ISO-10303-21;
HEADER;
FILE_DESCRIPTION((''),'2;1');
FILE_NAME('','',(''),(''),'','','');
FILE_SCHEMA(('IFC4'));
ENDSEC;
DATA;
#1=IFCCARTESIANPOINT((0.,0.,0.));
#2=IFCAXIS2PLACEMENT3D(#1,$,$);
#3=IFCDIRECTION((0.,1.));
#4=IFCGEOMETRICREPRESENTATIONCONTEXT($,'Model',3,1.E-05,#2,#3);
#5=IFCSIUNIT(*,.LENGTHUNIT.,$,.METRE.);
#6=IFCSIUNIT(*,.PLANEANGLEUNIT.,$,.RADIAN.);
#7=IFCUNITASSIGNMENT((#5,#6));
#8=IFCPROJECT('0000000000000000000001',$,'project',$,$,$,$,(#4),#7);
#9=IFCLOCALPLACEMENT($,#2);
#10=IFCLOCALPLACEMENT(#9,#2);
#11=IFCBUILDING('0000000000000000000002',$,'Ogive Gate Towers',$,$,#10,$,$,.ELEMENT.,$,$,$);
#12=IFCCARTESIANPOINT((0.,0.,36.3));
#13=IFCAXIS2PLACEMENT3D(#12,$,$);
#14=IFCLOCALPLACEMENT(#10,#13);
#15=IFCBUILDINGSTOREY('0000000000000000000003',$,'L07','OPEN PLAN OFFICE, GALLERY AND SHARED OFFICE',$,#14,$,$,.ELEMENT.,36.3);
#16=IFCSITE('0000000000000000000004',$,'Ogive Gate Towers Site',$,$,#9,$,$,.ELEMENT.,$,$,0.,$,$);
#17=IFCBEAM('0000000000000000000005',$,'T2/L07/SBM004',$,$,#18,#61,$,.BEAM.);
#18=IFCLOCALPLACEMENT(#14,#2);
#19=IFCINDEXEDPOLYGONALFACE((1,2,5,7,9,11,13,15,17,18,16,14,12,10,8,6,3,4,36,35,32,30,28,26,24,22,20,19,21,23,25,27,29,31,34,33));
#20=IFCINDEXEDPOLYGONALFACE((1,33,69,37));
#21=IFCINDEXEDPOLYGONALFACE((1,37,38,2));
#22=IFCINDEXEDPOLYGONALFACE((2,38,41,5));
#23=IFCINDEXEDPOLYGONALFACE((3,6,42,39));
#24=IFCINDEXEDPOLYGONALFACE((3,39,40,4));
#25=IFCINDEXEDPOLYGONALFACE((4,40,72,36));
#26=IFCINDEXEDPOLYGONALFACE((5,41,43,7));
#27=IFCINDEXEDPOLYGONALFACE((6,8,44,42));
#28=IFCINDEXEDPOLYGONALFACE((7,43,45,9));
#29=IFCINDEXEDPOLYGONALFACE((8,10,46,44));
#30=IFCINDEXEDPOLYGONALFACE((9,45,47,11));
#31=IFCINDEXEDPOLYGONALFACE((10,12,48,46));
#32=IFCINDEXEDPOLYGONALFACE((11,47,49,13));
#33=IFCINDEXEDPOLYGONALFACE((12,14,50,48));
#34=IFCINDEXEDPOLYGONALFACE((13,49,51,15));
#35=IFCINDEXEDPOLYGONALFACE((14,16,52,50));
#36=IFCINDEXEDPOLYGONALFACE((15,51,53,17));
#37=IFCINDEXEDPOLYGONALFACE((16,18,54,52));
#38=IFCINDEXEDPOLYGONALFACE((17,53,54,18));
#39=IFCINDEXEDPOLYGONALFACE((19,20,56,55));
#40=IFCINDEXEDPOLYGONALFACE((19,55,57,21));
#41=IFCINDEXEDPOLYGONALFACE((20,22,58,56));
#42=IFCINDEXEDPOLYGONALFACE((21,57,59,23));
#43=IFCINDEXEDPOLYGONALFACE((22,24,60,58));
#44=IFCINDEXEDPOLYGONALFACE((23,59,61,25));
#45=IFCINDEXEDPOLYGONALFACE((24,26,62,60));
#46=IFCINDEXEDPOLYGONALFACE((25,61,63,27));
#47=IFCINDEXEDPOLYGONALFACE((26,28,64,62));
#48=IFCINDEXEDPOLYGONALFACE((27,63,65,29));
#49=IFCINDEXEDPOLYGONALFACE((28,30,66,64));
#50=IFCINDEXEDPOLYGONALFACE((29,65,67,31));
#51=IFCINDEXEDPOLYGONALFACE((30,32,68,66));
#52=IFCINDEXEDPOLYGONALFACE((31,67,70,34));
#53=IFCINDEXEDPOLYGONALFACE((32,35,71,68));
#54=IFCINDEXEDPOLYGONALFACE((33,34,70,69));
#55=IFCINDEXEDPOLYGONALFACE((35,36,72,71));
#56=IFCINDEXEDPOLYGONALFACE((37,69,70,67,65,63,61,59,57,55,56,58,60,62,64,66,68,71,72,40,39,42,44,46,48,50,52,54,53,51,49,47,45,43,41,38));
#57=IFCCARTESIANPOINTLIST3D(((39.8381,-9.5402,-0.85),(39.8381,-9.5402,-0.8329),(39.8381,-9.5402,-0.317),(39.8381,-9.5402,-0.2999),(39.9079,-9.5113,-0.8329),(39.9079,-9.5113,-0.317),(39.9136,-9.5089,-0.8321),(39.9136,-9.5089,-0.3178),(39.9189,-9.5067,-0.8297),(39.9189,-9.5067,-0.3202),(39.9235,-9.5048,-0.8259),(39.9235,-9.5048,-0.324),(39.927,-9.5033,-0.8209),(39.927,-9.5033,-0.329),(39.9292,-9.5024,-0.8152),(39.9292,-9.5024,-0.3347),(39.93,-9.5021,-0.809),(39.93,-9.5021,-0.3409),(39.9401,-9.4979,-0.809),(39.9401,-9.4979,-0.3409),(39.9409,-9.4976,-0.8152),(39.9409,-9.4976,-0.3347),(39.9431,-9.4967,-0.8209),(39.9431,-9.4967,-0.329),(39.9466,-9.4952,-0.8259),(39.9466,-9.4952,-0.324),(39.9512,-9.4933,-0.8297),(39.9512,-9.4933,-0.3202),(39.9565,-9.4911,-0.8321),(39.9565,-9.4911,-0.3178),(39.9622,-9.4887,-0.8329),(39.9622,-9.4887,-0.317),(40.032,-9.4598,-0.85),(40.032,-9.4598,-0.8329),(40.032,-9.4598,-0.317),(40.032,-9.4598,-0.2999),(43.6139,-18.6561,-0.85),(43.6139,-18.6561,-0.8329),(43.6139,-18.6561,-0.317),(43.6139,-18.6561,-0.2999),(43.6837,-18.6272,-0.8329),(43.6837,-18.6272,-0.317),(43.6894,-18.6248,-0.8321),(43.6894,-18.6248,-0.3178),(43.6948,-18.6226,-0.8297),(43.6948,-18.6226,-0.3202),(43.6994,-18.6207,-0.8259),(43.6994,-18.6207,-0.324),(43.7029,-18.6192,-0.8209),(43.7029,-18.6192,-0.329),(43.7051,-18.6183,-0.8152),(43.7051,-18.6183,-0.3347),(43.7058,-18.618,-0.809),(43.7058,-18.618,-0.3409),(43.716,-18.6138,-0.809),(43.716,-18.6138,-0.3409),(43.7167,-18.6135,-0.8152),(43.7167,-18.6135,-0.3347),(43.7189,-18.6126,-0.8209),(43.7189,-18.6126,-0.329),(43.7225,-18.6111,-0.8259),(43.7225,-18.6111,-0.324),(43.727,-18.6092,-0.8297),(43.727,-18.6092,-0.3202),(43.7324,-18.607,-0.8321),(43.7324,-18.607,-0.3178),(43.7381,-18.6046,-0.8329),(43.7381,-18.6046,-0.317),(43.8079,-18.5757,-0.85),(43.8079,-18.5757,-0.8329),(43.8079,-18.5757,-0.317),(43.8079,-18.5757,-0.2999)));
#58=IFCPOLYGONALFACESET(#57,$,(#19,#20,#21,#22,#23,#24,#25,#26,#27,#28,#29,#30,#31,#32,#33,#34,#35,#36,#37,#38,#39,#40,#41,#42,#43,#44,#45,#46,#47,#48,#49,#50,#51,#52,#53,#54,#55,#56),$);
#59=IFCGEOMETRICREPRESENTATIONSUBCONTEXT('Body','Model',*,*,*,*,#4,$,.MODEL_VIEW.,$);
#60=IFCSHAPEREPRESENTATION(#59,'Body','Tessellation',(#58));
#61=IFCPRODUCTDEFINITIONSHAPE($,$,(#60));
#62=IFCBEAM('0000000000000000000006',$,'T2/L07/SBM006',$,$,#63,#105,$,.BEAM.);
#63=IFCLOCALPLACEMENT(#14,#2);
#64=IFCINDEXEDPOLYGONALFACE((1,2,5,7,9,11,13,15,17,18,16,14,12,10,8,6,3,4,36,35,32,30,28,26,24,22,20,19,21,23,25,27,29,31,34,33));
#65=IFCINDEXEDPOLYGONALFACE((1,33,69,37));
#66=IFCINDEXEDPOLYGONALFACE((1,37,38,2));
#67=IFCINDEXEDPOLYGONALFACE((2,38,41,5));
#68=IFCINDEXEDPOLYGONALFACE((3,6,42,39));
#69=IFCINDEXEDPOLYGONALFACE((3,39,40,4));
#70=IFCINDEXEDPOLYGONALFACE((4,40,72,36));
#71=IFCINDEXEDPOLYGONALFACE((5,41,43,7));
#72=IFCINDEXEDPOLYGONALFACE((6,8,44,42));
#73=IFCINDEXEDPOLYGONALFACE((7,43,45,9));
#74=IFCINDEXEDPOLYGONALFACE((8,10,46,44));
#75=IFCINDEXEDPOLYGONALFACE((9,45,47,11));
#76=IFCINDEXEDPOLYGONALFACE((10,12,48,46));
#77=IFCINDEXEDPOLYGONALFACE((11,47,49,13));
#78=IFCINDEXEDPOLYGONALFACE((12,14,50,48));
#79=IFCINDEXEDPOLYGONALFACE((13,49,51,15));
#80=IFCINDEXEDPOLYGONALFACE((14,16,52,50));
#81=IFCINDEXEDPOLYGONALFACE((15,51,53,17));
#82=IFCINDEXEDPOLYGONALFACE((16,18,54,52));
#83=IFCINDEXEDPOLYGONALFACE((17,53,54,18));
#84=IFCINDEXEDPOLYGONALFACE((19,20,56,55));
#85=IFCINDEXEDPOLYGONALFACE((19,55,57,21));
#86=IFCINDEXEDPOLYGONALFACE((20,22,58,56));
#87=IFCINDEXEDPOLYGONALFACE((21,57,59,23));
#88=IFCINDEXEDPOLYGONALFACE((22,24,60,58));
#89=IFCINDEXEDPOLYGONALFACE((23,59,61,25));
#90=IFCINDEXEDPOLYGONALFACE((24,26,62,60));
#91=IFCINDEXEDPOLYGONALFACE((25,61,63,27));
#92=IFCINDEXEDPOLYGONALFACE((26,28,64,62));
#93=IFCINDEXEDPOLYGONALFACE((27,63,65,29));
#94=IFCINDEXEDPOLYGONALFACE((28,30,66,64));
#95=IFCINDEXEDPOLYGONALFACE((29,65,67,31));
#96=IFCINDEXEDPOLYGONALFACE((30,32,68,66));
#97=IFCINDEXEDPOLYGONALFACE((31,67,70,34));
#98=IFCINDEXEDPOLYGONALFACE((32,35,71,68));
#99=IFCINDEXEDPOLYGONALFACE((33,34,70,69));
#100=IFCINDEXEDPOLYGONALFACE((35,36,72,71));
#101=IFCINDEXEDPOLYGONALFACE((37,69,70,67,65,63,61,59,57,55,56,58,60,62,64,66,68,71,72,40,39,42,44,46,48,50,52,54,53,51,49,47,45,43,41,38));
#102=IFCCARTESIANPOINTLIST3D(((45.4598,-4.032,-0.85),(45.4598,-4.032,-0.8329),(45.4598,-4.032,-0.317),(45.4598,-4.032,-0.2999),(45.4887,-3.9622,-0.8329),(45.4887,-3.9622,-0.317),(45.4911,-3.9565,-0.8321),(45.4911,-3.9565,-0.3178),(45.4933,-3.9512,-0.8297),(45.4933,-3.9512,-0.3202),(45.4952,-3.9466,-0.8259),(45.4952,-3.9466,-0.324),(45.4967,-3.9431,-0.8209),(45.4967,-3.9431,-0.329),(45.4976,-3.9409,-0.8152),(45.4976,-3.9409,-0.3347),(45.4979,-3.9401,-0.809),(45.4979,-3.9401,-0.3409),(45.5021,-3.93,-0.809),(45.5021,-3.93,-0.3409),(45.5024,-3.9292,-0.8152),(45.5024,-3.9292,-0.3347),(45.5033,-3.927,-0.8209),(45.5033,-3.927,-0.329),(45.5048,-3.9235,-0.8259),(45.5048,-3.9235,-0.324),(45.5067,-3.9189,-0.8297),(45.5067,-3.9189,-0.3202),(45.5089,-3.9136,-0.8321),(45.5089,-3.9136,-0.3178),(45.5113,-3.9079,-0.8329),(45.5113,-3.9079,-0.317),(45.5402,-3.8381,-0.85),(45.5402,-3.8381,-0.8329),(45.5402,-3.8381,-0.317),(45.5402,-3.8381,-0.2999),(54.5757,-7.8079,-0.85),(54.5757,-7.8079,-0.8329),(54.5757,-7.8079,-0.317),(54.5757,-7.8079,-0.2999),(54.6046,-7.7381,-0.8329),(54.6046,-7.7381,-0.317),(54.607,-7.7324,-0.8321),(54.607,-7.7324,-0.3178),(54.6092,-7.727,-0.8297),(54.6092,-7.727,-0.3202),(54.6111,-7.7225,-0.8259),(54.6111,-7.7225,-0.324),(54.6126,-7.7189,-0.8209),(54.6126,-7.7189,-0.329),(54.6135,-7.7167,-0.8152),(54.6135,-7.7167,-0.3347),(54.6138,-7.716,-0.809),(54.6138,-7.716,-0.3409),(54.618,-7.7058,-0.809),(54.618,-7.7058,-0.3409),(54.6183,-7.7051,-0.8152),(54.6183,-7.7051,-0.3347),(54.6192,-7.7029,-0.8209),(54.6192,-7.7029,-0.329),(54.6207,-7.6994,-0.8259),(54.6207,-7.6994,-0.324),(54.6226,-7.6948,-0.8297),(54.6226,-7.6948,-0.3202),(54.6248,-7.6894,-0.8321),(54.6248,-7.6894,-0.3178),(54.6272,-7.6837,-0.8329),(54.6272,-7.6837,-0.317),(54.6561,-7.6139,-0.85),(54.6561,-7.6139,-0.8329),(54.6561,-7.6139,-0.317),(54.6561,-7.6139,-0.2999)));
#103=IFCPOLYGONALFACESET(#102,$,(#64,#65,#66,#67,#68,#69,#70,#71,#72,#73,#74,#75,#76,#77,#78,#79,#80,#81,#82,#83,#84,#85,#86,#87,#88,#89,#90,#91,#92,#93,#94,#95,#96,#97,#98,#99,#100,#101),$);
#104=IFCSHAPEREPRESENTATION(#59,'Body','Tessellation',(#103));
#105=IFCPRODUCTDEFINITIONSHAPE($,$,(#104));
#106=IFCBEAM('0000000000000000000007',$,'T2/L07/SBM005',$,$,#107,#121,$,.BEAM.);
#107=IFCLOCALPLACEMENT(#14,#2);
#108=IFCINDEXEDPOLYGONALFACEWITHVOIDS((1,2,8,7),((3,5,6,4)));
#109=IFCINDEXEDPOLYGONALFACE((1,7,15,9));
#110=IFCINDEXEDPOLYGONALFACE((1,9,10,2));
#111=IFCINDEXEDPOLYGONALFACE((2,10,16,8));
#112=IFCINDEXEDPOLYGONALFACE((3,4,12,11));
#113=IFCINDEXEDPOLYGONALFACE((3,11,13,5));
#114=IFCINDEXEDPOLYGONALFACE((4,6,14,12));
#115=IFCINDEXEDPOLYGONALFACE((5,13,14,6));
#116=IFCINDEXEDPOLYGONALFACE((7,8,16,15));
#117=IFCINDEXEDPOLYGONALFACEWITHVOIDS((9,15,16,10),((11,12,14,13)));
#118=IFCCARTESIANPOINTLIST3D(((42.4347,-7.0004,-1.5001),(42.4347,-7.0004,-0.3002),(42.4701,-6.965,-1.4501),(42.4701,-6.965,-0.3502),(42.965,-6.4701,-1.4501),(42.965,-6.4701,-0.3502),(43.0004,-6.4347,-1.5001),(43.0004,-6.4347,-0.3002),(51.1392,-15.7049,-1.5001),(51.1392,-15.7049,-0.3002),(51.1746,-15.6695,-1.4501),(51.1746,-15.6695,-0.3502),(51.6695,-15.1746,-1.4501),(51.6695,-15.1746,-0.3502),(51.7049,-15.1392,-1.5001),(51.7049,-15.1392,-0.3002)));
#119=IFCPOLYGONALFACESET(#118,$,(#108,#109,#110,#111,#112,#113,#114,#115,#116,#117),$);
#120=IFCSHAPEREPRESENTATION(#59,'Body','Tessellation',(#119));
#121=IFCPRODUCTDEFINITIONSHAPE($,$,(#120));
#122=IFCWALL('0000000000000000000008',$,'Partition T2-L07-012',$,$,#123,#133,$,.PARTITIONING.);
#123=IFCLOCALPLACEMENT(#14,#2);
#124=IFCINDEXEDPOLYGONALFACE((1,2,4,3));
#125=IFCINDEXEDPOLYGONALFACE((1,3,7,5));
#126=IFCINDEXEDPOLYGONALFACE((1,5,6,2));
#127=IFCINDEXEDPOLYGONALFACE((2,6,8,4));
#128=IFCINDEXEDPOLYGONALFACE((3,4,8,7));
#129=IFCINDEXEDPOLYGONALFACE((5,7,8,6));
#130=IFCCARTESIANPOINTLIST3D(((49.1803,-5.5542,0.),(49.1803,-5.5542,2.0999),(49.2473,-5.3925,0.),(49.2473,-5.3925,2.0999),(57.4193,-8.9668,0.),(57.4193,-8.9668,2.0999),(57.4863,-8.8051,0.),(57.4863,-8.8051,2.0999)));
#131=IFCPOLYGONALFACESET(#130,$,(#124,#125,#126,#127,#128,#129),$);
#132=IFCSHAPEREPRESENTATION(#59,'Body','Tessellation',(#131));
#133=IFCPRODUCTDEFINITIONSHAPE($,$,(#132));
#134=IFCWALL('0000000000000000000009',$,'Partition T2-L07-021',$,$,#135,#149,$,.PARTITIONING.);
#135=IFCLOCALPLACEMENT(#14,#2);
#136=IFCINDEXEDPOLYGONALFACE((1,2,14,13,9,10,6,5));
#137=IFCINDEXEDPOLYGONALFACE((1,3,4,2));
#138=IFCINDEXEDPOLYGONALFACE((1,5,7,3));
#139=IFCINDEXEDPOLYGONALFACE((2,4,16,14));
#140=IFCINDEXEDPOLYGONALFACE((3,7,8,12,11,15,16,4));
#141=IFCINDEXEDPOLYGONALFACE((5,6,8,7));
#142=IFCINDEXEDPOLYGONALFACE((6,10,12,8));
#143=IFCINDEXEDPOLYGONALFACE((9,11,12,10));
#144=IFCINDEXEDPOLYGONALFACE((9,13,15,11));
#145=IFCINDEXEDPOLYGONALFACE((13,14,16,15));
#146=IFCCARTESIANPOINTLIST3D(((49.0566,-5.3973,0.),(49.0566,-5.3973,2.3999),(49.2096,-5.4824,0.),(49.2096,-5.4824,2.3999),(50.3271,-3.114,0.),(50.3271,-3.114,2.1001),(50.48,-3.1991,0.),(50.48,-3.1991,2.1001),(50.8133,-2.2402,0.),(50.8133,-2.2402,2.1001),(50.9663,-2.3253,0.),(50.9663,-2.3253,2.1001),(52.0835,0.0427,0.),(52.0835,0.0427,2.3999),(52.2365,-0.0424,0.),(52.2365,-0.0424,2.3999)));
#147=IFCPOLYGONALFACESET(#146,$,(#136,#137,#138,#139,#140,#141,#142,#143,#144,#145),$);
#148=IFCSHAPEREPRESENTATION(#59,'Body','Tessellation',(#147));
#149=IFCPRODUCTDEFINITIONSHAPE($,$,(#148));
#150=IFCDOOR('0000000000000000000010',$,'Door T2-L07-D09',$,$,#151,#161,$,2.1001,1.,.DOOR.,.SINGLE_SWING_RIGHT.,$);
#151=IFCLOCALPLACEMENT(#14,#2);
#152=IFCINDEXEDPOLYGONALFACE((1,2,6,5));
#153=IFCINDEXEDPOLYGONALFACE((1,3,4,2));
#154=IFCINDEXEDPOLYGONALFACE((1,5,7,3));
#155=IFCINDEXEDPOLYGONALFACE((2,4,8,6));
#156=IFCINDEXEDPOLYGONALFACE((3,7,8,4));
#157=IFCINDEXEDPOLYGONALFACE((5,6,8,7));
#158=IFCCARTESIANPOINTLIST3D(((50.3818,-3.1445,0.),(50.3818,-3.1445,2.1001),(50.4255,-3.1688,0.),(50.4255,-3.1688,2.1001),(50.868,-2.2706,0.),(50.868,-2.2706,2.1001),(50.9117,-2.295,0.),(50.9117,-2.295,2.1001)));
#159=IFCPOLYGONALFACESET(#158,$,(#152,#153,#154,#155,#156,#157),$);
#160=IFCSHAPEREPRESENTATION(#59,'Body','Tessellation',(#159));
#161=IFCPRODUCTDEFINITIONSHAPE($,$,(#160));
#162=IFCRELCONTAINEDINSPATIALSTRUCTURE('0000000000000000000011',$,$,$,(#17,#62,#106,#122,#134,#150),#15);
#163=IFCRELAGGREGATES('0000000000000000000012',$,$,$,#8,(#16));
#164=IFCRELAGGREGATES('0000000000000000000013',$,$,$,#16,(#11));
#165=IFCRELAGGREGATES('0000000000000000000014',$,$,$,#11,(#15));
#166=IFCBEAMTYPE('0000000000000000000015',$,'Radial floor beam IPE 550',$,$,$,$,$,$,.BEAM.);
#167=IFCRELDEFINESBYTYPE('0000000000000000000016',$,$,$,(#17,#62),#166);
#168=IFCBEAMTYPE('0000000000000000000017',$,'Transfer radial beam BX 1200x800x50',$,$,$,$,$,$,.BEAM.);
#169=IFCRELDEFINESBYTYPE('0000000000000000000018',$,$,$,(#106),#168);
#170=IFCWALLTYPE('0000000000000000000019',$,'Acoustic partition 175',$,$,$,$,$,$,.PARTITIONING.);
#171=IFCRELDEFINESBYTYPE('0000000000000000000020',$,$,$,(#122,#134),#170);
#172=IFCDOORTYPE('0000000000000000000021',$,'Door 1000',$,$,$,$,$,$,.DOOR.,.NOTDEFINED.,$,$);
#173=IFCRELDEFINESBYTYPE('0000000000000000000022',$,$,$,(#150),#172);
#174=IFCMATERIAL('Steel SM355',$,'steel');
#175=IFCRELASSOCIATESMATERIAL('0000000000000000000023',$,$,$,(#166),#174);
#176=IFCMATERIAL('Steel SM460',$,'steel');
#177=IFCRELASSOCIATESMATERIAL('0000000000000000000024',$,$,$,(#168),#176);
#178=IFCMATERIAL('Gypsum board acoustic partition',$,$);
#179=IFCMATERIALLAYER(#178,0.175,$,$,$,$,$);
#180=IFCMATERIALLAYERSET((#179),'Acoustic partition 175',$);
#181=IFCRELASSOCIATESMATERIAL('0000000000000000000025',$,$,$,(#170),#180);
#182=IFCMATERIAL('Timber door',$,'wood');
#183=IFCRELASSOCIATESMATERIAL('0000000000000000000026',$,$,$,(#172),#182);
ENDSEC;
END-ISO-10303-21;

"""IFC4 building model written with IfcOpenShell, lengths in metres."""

from ifc_helpers import new_model, si_unit, direction, frame, frame_2d, origin, origin_2d, place, context, subcontext, project, spatial, rectangle, hollow_rectangle, i_section, extrude, material, layer, layer_set, material_profile, profile_set, type_object, element, fill, save


model = new_model("IFC4")

# Units and contexts
model_context = context("Model", 3, precision=1e-05, world=origin(), true_north=direction((0.0, 1.0)))
body_context = subcontext(model_context, "Body", "Model", "MODEL_VIEW")
ifc_project = project(units=[si_unit("LENGTHUNIT", "METRE"), si_unit("PLANEANGLEUNIT", "RADIAN")], contexts=[model_context])

# Site, building, storey
site_placement = place(None, origin())
site = spatial("IfcSite", under=ifc_project, at=site_placement, Name="Ogive Gate Towers Site", CompositionType="ELEMENT", RefElevation=0.0)
building_placement = place(site_placement, origin())
building = spatial("IfcBuilding", under=site, at=building_placement, Name="Ogive Gate Towers", CompositionType="ELEMENT")
storey_placement = place(building_placement, frame((0.0, 0.0, 36.3)))
storey = spatial("IfcBuildingStorey", under=building, at=storey_placement, Name="L07", Description="OPEN PLAN OFFICE, GALLERY AND SHARED OFFICE", CompositionType="ELEMENT", Elevation=36.3)

# Beams
ifc_material_1 = material(Name="Steel SM355", Category="steel")
ifc_material_profile_1 = material_profile(ifc_material_1, i_section(OverallWidth=0.21, OverallDepth=0.55, WebThickness=0.011, FlangeThickness=0.0171, FilletRadius=0.0239, at=origin_2d()), Name="IPE 550")
ifc_profile_set_1 = profile_set([ifc_material_profile_1], Name="Steel SM355")
beam_type_1 = type_object("IfcBeamType", Name="Radial floor beam IPE 550", PredefinedType="BEAM", material=ifc_profile_set_1)
for number, where, z_axis, x_axis, name in (
    (1, (39.9351, -9.5, -0.575), (0.382677, -0.923882, 0.0), (0.923882, 0.382677, 0.0), "T2/L07/SBM004"),
    (2, (45.5, -3.9351, -0.575), (0.923882, -0.382677, 0.0), (0.382677, 0.923882, 0.0), "T2/L07/SBM006"),
):
    element("IfcBeam", number, at=place(storey_placement, frame(where, z_axis=z_axis, x_axis=x_axis)), inside=storey, type_object=beam_type_1, Name=name, PredefinedType="BEAM", context=body_context, shape_type="SweptSolid", body=[
        extrude(i_section(OverallWidth=0.21, OverallDepth=0.55, WebThickness=0.011, FlangeThickness=0.0171, FilletRadius=0.0239, at=origin_2d()), origin(), (0.0, 0.0, 1.0), 9.8669),
    ])
ifc_material_2 = material(Name="Steel SM460", Category="steel")
ifc_material_profile_2 = material_profile(ifc_material_2, hollow_rectangle(XDim=0.8, YDim=1.2, WallThickness=0.05, at=origin_2d()), Name="BX 1200x800x50")
ifc_profile_set_2 = profile_set([ifc_material_profile_2], Name="Steel SM460")
beam_type_2 = type_object("IfcBeamType", Name="Transfer radial beam BX 1200x800x50", PredefinedType="BEAM", material=ifc_profile_set_2)
beam_placement = place(storey_placement, frame((42.7175, -6.7175, -0.9001), z_axis=(0.707107, -0.707107, 0.0), x_axis=(0.707107, 0.707107, 0.0)))
element("IfcBeam", 3, at=beam_placement, inside=storey, type_object=beam_type_2, Name="T2/L07/SBM005", PredefinedType="BEAM", context=body_context, shape_type="SweptSolid", body=[
    extrude(hollow_rectangle(XDim=0.8, YDim=1.2, WallThickness=0.05, at=origin_2d()), origin(), (0.0, 0.0, 1.0), 12.3101),
])

# Wall
ifc_material_3 = material(Name="Gypsum board acoustic partition")
ifc_layer_1 = layer(ifc_material_3, 0.175)
ifc_layer_set_1 = layer_set([ifc_layer_1], Name="Acoustic partition 175")
wall_type_1 = type_object("IfcWallType", Name="Acoustic partition 175", PredefinedType="PARTITIONING", material=ifc_layer_set_1)
wall_1_placement = place(storey_placement, frame((57.4529, -8.886, 0.0), z_axis=(0.0, 0.0, 1.0), x_axis=(-0.923884, 0.382673, 0.0)))
element("IfcWall", 4, at=wall_1_placement, inside=storey, type_object=wall_type_1, Name="Partition T2-L07-012", PredefinedType="PARTITIONING", context=body_context, shape_type="SweptSolid", body=[
    extrude(rectangle(XDim=8.9177, YDim=0.175, at=frame_2d((4.459, 0.0))), origin(), (0.0, 0.0, 1.0), 2.0999),
])

# Wall, opening, door
wall_2_placement = place(storey_placement, frame((49.1331, -5.4399, 0.0), z_axis=(0.0, 0.0, 1.0), x_axis=(0.486216, 0.873839, 0.0)))
wall_2 = element("IfcWall", 5, at=wall_2_placement, inside=storey, type_object=wall_type_1, Name="Partition T2-L07-021", PredefinedType="PARTITIONING", context=body_context, shape_type="SweptSolid", body=[
    extrude(rectangle(XDim=6.2253, YDim=0.175, at=frame_2d((3.1128, 0.0))), origin(), (0.0, 0.0, 1.0), 2.3999),
])
opening_1_placement = place(wall_2_placement, frame((2.613, 0.0, 0.0)))
opening_1 = element("IfcOpeningElement", 6, at=opening_1_placement, cuts=wall_2, PredefinedType="OPENING", context=body_context, shape_type="SweptSolid", body=[
    extrude(rectangle(XDim=1.0, YDim=2.1001, at=frame_2d((0.5, 1.05))), frame((0.0, 0.0977, 0.0), z_axis=(0.0, -1.0, 0.0), x_axis=(1.0, 0.0, 0.0)), (0.0, 0.0, 1.0), 0.1951),
])
ifc_material_4 = material(Name="Timber door", Category="wood")
door_type_1 = type_object("IfcDoorType", Name="Door 1000", OperationType="NOTDEFINED", PredefinedType="DOOR", material=ifc_material_4)
door_1_placement = place(opening_1_placement, origin())
door_1 = element("IfcDoor", 7, at=door_1_placement, inside=storey, type_object=door_type_1, Name="Door T2-L07-D09", OperationType="SINGLE_SWING_RIGHT", OverallHeight=2.1001, OverallWidth=1.0, PredefinedType="DOOR", context=body_context, shape_type="SweptSolid", body=[
    extrude(rectangle(XDim=1.0, YDim=2.1001, at=frame_2d((0.5, 1.05))), frame((0.0, 0.0249, 0.0), z_axis=(0.0, -1.0, 0.0), x_axis=(1.0, 0.0, 0.0)), (0.0, 0.0, 1.0), 0.05),
])
fill(opening_1, door_1)

save(model, "model.ifc")
